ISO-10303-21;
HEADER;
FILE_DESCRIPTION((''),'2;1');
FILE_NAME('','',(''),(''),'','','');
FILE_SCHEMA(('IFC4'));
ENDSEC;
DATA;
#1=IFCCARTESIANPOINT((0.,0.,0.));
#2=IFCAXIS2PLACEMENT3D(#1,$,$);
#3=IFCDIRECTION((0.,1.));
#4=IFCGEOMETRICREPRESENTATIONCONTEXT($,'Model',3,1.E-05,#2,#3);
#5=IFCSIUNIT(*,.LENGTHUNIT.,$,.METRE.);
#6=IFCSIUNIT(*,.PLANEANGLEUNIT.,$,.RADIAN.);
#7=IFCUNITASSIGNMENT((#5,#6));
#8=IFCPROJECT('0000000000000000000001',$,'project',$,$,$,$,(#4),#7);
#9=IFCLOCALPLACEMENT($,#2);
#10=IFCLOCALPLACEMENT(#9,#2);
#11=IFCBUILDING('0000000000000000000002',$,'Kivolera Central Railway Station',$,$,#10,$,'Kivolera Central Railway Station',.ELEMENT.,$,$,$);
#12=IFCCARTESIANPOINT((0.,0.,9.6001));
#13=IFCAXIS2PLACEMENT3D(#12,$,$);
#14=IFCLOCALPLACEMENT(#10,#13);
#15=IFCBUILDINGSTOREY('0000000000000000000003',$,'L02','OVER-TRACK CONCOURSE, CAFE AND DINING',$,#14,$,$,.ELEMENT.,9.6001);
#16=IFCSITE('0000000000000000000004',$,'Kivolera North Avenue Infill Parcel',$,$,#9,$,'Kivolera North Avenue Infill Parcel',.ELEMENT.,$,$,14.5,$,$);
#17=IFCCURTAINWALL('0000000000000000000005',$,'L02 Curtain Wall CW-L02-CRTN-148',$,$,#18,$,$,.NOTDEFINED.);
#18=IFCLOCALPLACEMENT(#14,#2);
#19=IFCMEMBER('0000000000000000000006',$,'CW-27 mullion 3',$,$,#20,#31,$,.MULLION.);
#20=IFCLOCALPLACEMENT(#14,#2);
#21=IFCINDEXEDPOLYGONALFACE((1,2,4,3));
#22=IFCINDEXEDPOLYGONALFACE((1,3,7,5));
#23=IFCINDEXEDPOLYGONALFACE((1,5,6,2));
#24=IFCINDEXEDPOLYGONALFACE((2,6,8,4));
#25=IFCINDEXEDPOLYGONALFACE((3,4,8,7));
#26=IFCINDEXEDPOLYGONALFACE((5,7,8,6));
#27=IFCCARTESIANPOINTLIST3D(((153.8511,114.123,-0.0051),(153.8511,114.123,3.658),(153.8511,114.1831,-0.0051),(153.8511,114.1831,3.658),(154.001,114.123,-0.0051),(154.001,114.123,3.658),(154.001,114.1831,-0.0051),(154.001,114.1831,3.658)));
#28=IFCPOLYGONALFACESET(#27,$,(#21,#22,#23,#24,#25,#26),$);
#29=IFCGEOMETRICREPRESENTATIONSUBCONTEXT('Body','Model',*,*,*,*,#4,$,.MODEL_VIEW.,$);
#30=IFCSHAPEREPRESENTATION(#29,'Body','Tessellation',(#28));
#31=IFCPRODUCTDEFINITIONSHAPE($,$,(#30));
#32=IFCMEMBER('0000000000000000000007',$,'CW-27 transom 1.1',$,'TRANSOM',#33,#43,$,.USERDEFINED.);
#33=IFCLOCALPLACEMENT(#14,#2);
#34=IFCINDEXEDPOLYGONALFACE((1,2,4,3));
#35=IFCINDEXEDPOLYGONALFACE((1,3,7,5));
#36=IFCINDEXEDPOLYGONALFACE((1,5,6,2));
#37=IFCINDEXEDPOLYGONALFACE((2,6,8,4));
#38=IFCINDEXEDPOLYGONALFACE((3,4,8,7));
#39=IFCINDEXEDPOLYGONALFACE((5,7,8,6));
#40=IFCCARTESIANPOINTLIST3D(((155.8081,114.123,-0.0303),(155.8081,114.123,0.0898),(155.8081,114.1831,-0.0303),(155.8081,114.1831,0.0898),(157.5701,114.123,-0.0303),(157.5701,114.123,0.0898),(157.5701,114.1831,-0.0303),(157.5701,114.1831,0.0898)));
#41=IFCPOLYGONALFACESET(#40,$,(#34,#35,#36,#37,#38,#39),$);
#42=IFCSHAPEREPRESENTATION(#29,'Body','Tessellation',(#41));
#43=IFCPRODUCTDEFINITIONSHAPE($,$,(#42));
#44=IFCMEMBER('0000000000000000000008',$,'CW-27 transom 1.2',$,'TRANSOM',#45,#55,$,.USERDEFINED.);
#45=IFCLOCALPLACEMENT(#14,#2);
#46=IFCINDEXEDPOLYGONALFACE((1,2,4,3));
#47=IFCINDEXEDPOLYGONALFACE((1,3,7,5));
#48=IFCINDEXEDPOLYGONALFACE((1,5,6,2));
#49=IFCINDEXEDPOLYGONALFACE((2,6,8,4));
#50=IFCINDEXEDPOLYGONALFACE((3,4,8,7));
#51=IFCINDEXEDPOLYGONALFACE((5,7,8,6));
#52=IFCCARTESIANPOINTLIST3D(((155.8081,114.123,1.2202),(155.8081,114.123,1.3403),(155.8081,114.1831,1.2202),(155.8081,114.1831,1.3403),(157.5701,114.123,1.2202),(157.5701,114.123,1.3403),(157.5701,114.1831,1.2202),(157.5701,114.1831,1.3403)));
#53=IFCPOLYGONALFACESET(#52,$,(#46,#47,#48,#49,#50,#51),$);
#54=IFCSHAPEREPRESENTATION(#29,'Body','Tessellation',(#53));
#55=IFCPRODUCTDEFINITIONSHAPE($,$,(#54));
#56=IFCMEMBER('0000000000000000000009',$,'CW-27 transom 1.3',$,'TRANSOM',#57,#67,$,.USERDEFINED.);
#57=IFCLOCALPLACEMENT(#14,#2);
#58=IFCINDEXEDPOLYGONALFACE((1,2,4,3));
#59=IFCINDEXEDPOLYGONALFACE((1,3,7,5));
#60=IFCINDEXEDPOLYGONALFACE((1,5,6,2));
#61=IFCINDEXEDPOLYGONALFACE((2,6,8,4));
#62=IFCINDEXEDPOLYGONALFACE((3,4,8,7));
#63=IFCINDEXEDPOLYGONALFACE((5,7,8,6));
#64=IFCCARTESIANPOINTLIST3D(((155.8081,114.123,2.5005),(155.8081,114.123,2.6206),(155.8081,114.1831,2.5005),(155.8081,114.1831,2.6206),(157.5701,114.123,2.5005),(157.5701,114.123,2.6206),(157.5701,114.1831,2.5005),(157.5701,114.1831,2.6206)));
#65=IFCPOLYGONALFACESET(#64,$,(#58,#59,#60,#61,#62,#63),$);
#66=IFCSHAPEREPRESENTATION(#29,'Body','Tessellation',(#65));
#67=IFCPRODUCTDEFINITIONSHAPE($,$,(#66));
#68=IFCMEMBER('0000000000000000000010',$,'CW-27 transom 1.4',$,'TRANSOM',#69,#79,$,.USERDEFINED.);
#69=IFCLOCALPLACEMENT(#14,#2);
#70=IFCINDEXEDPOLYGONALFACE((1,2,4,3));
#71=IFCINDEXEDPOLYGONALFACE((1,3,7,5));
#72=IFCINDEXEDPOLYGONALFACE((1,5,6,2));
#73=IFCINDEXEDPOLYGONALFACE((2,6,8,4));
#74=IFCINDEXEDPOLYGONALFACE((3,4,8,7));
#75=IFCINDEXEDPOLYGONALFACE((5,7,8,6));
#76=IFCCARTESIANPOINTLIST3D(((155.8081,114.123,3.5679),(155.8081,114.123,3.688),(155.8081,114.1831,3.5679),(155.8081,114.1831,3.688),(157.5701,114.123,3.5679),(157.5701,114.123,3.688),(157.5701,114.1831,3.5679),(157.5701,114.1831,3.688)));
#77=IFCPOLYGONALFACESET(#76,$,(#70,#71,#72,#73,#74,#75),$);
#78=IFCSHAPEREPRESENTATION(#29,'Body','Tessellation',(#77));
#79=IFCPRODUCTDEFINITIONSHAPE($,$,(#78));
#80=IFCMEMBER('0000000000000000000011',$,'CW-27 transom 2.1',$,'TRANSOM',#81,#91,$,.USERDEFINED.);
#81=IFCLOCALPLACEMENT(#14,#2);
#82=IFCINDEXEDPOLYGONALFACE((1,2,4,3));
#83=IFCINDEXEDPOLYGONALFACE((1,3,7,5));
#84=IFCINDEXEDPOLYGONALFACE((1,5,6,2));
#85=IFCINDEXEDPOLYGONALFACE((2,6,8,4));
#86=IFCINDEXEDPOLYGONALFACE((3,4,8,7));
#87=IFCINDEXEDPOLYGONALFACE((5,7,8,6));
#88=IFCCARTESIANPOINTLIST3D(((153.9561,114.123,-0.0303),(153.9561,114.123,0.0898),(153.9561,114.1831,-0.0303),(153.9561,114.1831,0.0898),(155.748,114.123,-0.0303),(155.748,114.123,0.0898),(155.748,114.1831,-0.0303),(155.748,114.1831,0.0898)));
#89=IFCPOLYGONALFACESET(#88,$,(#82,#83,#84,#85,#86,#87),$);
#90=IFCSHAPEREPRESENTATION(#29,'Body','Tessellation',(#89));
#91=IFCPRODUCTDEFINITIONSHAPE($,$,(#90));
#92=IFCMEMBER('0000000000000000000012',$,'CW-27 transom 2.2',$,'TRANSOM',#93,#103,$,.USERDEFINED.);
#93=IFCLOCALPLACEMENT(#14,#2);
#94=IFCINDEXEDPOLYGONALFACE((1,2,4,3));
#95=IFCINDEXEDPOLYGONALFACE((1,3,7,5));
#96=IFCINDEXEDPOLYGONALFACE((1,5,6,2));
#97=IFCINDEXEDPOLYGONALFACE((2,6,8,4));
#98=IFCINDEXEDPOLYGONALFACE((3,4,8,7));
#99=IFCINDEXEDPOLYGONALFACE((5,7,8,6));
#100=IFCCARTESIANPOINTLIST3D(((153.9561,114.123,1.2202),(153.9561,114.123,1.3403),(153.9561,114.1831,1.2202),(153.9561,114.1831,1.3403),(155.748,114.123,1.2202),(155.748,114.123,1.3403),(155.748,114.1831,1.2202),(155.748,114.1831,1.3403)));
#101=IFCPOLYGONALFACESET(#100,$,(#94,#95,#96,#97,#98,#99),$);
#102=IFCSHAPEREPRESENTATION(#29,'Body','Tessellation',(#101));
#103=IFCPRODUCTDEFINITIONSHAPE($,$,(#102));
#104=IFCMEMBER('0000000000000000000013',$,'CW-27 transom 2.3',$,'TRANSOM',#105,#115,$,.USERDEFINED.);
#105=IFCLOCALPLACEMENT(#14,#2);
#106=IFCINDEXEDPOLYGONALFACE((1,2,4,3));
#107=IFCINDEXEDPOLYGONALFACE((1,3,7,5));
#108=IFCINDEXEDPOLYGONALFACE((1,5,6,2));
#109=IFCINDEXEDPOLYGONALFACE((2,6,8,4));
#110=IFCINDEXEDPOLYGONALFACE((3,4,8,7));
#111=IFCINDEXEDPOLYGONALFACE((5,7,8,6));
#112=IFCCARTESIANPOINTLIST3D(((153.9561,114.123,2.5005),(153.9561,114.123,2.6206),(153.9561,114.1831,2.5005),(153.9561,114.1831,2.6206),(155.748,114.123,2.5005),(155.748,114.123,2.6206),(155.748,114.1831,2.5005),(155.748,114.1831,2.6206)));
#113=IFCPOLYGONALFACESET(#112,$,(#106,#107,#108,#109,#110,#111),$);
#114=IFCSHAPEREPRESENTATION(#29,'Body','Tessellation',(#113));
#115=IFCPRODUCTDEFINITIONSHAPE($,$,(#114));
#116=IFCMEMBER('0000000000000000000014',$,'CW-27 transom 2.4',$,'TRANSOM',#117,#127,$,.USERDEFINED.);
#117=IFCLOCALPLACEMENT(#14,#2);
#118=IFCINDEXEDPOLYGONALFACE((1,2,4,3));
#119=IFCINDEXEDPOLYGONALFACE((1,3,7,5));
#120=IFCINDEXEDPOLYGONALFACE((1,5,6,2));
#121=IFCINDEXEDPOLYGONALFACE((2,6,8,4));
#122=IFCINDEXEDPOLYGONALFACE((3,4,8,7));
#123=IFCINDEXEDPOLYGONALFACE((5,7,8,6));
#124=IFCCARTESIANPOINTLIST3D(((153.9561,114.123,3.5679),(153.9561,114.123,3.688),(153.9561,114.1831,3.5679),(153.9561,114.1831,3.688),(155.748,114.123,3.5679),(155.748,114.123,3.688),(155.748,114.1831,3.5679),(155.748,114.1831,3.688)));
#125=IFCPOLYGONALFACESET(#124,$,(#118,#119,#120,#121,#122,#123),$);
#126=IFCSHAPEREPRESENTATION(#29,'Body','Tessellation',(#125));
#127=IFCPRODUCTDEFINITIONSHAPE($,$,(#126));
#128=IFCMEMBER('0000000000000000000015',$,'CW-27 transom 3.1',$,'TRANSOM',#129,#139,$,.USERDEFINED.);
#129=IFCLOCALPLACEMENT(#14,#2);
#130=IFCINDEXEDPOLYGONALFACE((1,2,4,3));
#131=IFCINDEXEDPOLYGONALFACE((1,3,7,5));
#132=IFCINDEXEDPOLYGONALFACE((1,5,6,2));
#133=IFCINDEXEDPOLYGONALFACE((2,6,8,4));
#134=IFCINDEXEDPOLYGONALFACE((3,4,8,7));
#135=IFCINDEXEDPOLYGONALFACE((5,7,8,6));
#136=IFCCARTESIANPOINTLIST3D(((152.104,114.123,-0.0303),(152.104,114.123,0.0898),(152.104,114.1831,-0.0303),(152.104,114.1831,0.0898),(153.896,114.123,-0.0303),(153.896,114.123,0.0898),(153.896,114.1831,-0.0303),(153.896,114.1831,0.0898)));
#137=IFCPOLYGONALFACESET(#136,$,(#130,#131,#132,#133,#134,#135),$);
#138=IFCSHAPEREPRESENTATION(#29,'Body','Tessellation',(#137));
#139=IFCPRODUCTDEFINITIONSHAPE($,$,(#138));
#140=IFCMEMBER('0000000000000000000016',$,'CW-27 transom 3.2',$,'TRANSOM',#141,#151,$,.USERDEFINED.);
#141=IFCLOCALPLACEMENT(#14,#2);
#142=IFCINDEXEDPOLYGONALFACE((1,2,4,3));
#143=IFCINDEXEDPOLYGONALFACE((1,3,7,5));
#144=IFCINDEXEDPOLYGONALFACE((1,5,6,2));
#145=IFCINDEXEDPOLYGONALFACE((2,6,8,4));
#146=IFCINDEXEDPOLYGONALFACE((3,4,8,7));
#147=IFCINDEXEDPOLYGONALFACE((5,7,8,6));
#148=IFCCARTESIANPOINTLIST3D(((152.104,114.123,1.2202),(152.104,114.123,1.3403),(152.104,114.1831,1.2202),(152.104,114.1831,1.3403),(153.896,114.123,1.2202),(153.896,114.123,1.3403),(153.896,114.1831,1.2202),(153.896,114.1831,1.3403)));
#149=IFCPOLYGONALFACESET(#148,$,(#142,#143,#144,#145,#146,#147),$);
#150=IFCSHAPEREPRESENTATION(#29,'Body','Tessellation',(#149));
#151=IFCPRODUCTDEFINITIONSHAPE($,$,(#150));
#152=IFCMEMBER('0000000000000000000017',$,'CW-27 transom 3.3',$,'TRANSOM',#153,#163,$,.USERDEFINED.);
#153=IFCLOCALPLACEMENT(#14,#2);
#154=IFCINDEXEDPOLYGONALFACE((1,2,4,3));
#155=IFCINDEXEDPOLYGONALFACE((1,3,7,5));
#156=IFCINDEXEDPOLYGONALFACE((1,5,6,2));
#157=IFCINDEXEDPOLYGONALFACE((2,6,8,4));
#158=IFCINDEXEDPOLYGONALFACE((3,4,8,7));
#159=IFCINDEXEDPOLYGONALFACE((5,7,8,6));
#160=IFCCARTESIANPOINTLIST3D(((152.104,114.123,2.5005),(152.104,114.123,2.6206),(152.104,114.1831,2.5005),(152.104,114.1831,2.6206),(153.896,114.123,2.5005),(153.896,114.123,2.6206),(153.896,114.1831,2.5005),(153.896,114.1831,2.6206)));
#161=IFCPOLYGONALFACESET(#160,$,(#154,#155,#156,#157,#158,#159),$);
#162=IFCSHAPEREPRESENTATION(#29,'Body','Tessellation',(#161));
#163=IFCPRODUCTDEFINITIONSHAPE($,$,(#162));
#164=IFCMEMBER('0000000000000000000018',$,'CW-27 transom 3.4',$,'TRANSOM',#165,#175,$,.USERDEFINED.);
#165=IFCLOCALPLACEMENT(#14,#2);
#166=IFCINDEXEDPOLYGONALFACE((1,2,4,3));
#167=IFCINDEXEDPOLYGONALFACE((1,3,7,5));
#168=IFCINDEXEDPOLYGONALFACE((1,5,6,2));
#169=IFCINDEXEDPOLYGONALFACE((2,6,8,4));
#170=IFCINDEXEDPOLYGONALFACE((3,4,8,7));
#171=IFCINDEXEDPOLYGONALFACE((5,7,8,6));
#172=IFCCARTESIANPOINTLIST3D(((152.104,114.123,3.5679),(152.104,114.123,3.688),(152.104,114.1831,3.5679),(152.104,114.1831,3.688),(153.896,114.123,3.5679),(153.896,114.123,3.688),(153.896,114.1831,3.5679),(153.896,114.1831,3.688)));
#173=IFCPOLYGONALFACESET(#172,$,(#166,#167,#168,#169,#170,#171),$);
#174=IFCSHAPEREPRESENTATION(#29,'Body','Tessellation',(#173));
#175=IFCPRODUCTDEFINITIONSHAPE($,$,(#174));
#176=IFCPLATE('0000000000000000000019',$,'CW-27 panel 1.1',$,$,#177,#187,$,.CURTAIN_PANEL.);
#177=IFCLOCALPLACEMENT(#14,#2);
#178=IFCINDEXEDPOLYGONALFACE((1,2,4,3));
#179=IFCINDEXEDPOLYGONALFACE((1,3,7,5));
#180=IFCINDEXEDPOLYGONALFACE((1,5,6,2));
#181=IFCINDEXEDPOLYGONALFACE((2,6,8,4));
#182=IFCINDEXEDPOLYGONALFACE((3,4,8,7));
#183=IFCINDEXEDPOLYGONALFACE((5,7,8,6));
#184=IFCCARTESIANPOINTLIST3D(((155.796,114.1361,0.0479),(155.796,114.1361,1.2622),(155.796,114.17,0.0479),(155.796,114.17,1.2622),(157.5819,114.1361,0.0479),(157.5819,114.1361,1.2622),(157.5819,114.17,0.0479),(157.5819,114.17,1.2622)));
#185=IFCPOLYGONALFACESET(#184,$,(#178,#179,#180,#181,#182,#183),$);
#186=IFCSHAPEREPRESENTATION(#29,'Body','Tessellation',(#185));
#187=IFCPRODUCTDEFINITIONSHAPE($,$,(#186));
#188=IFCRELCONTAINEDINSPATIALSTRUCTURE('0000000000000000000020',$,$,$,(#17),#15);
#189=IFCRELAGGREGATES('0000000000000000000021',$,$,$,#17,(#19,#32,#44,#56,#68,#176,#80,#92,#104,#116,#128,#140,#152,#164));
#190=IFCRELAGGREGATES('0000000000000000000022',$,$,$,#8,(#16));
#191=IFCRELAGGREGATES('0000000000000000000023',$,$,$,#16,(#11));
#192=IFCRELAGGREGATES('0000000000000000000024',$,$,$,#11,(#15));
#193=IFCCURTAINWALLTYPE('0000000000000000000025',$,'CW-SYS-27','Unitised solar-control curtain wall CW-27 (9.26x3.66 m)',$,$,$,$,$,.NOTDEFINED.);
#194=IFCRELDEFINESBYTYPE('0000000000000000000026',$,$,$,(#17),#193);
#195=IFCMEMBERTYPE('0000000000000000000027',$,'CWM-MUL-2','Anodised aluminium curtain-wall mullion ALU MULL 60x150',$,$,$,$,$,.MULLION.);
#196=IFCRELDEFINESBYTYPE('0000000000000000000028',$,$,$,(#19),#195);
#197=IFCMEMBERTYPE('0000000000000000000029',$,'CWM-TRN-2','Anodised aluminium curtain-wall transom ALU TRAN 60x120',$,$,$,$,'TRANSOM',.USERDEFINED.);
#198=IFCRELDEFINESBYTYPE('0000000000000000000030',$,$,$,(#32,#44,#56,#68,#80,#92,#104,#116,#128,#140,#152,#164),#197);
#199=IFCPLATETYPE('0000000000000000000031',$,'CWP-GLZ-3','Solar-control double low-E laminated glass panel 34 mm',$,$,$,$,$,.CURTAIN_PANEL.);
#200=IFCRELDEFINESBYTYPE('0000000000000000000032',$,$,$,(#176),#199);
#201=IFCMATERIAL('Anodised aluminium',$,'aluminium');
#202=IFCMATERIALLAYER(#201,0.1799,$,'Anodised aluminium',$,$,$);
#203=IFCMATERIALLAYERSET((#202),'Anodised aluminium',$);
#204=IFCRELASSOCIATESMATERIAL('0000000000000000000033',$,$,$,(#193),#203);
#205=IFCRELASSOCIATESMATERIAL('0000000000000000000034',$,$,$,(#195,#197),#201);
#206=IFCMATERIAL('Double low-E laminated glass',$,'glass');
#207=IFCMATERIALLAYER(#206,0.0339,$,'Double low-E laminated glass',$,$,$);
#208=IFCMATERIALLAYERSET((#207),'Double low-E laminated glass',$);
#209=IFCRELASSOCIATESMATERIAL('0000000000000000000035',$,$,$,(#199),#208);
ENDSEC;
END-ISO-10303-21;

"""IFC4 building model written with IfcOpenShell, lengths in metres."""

from ifc_helpers import new_model, si_unit, direction, frame, origin, origin_2d, place, context, subcontext, project, spatial, rectangle, extrude, material, layer, layer_set, material_profile, profile_set, type_object, element, aggregate, save


model = new_model("IFC4")

# Units and contexts
model_context = context("Model", 3, precision=1e-05, world=origin(), true_north=direction((0.0, 1.0)))
body_context = subcontext(model_context, "Body", "Model", "MODEL_VIEW")
ifc_project = project(units=[si_unit("LENGTHUNIT", "METRE"), si_unit("PLANEANGLEUNIT", "RADIAN")], contexts=[model_context])

# Site, building, storey
site_placement = place(None, origin())
site = spatial("IfcSite", under=ifc_project, at=site_placement, Name="Kivolera North Avenue Infill Parcel", LongName="Kivolera North Avenue Infill Parcel", CompositionType="ELEMENT", RefElevation=14.5)
building_placement = place(site_placement, origin())
building = spatial("IfcBuilding", under=site, at=building_placement, Name="Kivolera Central Railway Station", LongName="Kivolera Central Railway Station", CompositionType="ELEMENT")
storey_placement = place(building_placement, frame((0.0, 0.0, 9.6001)))
storey = spatial("IfcBuildingStorey", under=building, at=storey_placement, Name="L02", Description="OVER-TRACK CONCOURSE, CAFE AND DINING", CompositionType="ELEMENT", Elevation=9.6001)

# Curtain wall, members, plate
ifc_material_1 = material(Name="Anodised aluminium", Category="aluminium")
ifc_layer_1 = layer(ifc_material_1, 0.1799, Name="Anodised aluminium")
ifc_layer_set_1 = layer_set([ifc_layer_1], Name="Anodised aluminium")
curtain_wall_type = type_object("IfcCurtainWallType", Name="CW-SYS-27", Description="Unitised solar-control curtain wall CW-27 (9.26x3.66 m)", PredefinedType="NOTDEFINED", material=ifc_layer_set_1)
curtain_wall_placement = place(storey_placement, origin())
curtain_wall = element("IfcCurtainWall", 1, at=curtain_wall_placement, inside=storey, type_object=curtain_wall_type, Name="L02 Curtain Wall CW-L02-CRTN-148", PredefinedType="NOTDEFINED")
ifc_material_profile_1 = material_profile(ifc_material_1, rectangle(XDim=0.0601, YDim=0.1499, at=origin_2d()), Name="ALU MULL 60x150")
ifc_profile_set_1 = profile_set([ifc_material_profile_1], Name="Anodised aluminium")
member_type_1 = type_object("IfcMemberType", Name="CWM-MUL-2", Description="Anodised aluminium curtain-wall mullion ALU MULL 60x150", PredefinedType="MULLION", material=ifc_profile_set_1)
member_1_placement = place(storey_placement, frame((153.926, 114.1531, -0.0051), z_axis=(0.0, 0.0, 1.0), x_axis=(0.0, -1.0, 0.0)))
member_1 = element("IfcMember", 2, at=member_1_placement, type_object=member_type_1, Name="CW-27 mullion 3", PredefinedType="MULLION", context=body_context, shape_type="SweptSolid", body=[
    extrude(rectangle(XDim=0.0601, YDim=0.1499, at=origin_2d()), origin(), (0.0, 0.0, 1.0), 3.6631),
])
ifc_material_profile_2 = material_profile(ifc_material_1, rectangle(XDim=0.0601, YDim=0.1201, at=origin_2d()), Name="ALU TRAN 60x120")
ifc_profile_set_2 = profile_set([ifc_material_profile_2], Name="Anodised aluminium")
member_type_2 = type_object("IfcMemberType", Name="CWM-TRN-2", Description="Anodised aluminium curtain-wall transom ALU TRAN 60x120", ElementType="TRANSOM", PredefinedType="USERDEFINED", material=ifc_profile_set_2)
member_2_placement = place(storey_placement, frame((157.5701, 114.1531, 0.0298), z_axis=(-1.0, 0.0, 0.0), x_axis=(0.0, -1.0, 0.0)))
member_2 = element("IfcMember", 3, at=member_2_placement, type_object=member_type_2, Name="CW-27 transom 1.1", ObjectType="TRANSOM", PredefinedType="USERDEFINED", context=body_context, shape_type="SweptSolid", body=[
    extrude(rectangle(XDim=0.0601, YDim=0.1201, at=origin_2d()), origin(), (0.0, 0.0, 1.0), 1.762),
])
member_3_placement = place(storey_placement, frame((157.5701, 114.1531, 1.2803), z_axis=(-1.0, 0.0, 0.0), x_axis=(0.0, -1.0, 0.0)))
member_3 = element("IfcMember", 4, at=member_3_placement, type_object=member_type_2, Name="CW-27 transom 1.2", ObjectType="TRANSOM", PredefinedType="USERDEFINED", context=body_context, shape_type="SweptSolid", body=[
    extrude(rectangle(XDim=0.0601, YDim=0.1201, at=origin_2d()), origin(), (0.0, 0.0, 1.0), 1.762),
])
member_4_placement = place(storey_placement, frame((157.5701, 114.1531, 2.5605), z_axis=(-1.0, 0.0, 0.0), x_axis=(0.0, -1.0, 0.0)))
member_4 = element("IfcMember", 5, at=member_4_placement, type_object=member_type_2, Name="CW-27 transom 1.3", ObjectType="TRANSOM", PredefinedType="USERDEFINED", context=body_context, shape_type="SweptSolid", body=[
    extrude(rectangle(XDim=0.0601, YDim=0.1201, at=origin_2d()), origin(), (0.0, 0.0, 1.0), 1.762),
])
member_5_placement = place(storey_placement, frame((157.5701, 114.1531, 3.6279), z_axis=(-1.0, 0.0, 0.0), x_axis=(0.0, -1.0, 0.0)))
member_5 = element("IfcMember", 6, at=member_5_placement, type_object=member_type_2, Name="CW-27 transom 1.4", ObjectType="TRANSOM", PredefinedType="USERDEFINED", context=body_context, shape_type="SweptSolid", body=[
    extrude(rectangle(XDim=0.0601, YDim=0.1201, at=origin_2d()), origin(), (0.0, 0.0, 1.0), 1.762),
])
member_6_placement = place(storey_placement, frame((155.748, 114.1531, 0.0298), z_axis=(-1.0, 0.0, 0.0), x_axis=(0.0, -1.0, 0.0)))
member_6 = element("IfcMember", 7, at=member_6_placement, type_object=member_type_2, Name="CW-27 transom 2.1", ObjectType="TRANSOM", PredefinedType="USERDEFINED", context=body_context, shape_type="SweptSolid", body=[
    extrude(rectangle(XDim=0.0601, YDim=0.1201, at=origin_2d()), origin(), (0.0, 0.0, 1.0), 1.792),
])
member_7_placement = place(storey_placement, frame((155.748, 114.1531, 1.2803), z_axis=(-1.0, 0.0, 0.0), x_axis=(0.0, -1.0, 0.0)))
member_7 = element("IfcMember", 8, at=member_7_placement, type_object=member_type_2, Name="CW-27 transom 2.2", ObjectType="TRANSOM", PredefinedType="USERDEFINED", context=body_context, shape_type="SweptSolid", body=[
    extrude(rectangle(XDim=0.0601, YDim=0.1201, at=origin_2d()), origin(), (0.0, 0.0, 1.0), 1.792),
])
member_8_placement = place(storey_placement, frame((155.748, 114.1531, 2.5605), z_axis=(-1.0, 0.0, 0.0), x_axis=(0.0, -1.0, 0.0)))
member_8 = element("IfcMember", 9, at=member_8_placement, type_object=member_type_2, Name="CW-27 transom 2.3", ObjectType="TRANSOM", PredefinedType="USERDEFINED", context=body_context, shape_type="SweptSolid", body=[
    extrude(rectangle(XDim=0.0601, YDim=0.1201, at=origin_2d()), origin(), (0.0, 0.0, 1.0), 1.792),
])
member_9_placement = place(storey_placement, frame((155.748, 114.1531, 3.6279), z_axis=(-1.0, 0.0, 0.0), x_axis=(0.0, -1.0, 0.0)))
member_9 = element("IfcMember", 10, at=member_9_placement, type_object=member_type_2, Name="CW-27 transom 2.4", ObjectType="TRANSOM", PredefinedType="USERDEFINED", context=body_context, shape_type="SweptSolid", body=[
    extrude(rectangle(XDim=0.0601, YDim=0.1201, at=origin_2d()), origin(), (0.0, 0.0, 1.0), 1.792),
])
member_10_placement = place(storey_placement, frame((153.896, 114.1531, 0.0298), z_axis=(-1.0, 0.0, 0.0), x_axis=(0.0, -1.0, 0.0)))
member_10 = element("IfcMember", 11, at=member_10_placement, type_object=member_type_2, Name="CW-27 transom 3.1", ObjectType="TRANSOM", PredefinedType="USERDEFINED", context=body_context, shape_type="SweptSolid", body=[
    extrude(rectangle(XDim=0.0601, YDim=0.1201, at=origin_2d()), origin(), (0.0, 0.0, 1.0), 1.792),
])
member_11_placement = place(storey_placement, frame((153.896, 114.1531, 1.2803), z_axis=(-1.0, 0.0, 0.0), x_axis=(0.0, -1.0, 0.0)))
member_11 = element("IfcMember", 12, at=member_11_placement, type_object=member_type_2, Name="CW-27 transom 3.2", ObjectType="TRANSOM", PredefinedType="USERDEFINED", context=body_context, shape_type="SweptSolid", body=[
    extrude(rectangle(XDim=0.0601, YDim=0.1201, at=origin_2d()), origin(), (0.0, 0.0, 1.0), 1.792),
])
member_12_placement = place(storey_placement, frame((153.896, 114.1531, 2.5605), z_axis=(-1.0, 0.0, 0.0), x_axis=(0.0, -1.0, 0.0)))
member_12 = element("IfcMember", 13, at=member_12_placement, type_object=member_type_2, Name="CW-27 transom 3.3", ObjectType="TRANSOM", PredefinedType="USERDEFINED", context=body_context, shape_type="SweptSolid", body=[
    extrude(rectangle(XDim=0.0601, YDim=0.1201, at=origin_2d()), origin(), (0.0, 0.0, 1.0), 1.792),
])
member_13_placement = place(storey_placement, frame((153.896, 114.1531, 3.6279), z_axis=(-1.0, 0.0, 0.0), x_axis=(0.0, -1.0, 0.0)))
member_13 = element("IfcMember", 14, at=member_13_placement, type_object=member_type_2, Name="CW-27 transom 3.4", ObjectType="TRANSOM", PredefinedType="USERDEFINED", context=body_context, shape_type="SweptSolid", body=[
    extrude(rectangle(XDim=0.0601, YDim=0.1201, at=origin_2d()), origin(), (0.0, 0.0, 1.0), 1.792),
])
ifc_material_2 = material(Name="Double low-E laminated glass", Category="glass")
ifc_layer_2 = layer(ifc_material_2, 0.0339, Name="Double low-E laminated glass")
ifc_layer_set_2 = layer_set([ifc_layer_2], Name="Double low-E laminated glass")
plate_type = type_object("IfcPlateType", Name="CWP-GLZ-3", Description="Solar-control double low-E laminated glass panel 34 mm", PredefinedType="CURTAIN_PANEL", material=ifc_layer_set_2)
plate_1_placement = place(storey_placement, frame((156.689, 114.1531, 0.0479), z_axis=(0.0, 0.0, 1.0), x_axis=(-1.0, 0.0, 0.0)))
plate_1 = element("IfcPlate", 15, at=plate_1_placement, type_object=plate_type, Name="CW-27 panel 1.1", PredefinedType="CURTAIN_PANEL", context=body_context, shape_type="SweptSolid", body=[
    extrude(rectangle(XDim=1.7859, YDim=0.0339, at=origin_2d()), origin(), (0.0, 0.0, 1.0), 1.2144),
])
aggregate(curtain_wall, [member_1, member_2, member_3, member_4, member_5, plate_1, member_6, member_7, member_8, member_9, member_10, member_11, member_12, member_13])

save(model, "model.ifc")
